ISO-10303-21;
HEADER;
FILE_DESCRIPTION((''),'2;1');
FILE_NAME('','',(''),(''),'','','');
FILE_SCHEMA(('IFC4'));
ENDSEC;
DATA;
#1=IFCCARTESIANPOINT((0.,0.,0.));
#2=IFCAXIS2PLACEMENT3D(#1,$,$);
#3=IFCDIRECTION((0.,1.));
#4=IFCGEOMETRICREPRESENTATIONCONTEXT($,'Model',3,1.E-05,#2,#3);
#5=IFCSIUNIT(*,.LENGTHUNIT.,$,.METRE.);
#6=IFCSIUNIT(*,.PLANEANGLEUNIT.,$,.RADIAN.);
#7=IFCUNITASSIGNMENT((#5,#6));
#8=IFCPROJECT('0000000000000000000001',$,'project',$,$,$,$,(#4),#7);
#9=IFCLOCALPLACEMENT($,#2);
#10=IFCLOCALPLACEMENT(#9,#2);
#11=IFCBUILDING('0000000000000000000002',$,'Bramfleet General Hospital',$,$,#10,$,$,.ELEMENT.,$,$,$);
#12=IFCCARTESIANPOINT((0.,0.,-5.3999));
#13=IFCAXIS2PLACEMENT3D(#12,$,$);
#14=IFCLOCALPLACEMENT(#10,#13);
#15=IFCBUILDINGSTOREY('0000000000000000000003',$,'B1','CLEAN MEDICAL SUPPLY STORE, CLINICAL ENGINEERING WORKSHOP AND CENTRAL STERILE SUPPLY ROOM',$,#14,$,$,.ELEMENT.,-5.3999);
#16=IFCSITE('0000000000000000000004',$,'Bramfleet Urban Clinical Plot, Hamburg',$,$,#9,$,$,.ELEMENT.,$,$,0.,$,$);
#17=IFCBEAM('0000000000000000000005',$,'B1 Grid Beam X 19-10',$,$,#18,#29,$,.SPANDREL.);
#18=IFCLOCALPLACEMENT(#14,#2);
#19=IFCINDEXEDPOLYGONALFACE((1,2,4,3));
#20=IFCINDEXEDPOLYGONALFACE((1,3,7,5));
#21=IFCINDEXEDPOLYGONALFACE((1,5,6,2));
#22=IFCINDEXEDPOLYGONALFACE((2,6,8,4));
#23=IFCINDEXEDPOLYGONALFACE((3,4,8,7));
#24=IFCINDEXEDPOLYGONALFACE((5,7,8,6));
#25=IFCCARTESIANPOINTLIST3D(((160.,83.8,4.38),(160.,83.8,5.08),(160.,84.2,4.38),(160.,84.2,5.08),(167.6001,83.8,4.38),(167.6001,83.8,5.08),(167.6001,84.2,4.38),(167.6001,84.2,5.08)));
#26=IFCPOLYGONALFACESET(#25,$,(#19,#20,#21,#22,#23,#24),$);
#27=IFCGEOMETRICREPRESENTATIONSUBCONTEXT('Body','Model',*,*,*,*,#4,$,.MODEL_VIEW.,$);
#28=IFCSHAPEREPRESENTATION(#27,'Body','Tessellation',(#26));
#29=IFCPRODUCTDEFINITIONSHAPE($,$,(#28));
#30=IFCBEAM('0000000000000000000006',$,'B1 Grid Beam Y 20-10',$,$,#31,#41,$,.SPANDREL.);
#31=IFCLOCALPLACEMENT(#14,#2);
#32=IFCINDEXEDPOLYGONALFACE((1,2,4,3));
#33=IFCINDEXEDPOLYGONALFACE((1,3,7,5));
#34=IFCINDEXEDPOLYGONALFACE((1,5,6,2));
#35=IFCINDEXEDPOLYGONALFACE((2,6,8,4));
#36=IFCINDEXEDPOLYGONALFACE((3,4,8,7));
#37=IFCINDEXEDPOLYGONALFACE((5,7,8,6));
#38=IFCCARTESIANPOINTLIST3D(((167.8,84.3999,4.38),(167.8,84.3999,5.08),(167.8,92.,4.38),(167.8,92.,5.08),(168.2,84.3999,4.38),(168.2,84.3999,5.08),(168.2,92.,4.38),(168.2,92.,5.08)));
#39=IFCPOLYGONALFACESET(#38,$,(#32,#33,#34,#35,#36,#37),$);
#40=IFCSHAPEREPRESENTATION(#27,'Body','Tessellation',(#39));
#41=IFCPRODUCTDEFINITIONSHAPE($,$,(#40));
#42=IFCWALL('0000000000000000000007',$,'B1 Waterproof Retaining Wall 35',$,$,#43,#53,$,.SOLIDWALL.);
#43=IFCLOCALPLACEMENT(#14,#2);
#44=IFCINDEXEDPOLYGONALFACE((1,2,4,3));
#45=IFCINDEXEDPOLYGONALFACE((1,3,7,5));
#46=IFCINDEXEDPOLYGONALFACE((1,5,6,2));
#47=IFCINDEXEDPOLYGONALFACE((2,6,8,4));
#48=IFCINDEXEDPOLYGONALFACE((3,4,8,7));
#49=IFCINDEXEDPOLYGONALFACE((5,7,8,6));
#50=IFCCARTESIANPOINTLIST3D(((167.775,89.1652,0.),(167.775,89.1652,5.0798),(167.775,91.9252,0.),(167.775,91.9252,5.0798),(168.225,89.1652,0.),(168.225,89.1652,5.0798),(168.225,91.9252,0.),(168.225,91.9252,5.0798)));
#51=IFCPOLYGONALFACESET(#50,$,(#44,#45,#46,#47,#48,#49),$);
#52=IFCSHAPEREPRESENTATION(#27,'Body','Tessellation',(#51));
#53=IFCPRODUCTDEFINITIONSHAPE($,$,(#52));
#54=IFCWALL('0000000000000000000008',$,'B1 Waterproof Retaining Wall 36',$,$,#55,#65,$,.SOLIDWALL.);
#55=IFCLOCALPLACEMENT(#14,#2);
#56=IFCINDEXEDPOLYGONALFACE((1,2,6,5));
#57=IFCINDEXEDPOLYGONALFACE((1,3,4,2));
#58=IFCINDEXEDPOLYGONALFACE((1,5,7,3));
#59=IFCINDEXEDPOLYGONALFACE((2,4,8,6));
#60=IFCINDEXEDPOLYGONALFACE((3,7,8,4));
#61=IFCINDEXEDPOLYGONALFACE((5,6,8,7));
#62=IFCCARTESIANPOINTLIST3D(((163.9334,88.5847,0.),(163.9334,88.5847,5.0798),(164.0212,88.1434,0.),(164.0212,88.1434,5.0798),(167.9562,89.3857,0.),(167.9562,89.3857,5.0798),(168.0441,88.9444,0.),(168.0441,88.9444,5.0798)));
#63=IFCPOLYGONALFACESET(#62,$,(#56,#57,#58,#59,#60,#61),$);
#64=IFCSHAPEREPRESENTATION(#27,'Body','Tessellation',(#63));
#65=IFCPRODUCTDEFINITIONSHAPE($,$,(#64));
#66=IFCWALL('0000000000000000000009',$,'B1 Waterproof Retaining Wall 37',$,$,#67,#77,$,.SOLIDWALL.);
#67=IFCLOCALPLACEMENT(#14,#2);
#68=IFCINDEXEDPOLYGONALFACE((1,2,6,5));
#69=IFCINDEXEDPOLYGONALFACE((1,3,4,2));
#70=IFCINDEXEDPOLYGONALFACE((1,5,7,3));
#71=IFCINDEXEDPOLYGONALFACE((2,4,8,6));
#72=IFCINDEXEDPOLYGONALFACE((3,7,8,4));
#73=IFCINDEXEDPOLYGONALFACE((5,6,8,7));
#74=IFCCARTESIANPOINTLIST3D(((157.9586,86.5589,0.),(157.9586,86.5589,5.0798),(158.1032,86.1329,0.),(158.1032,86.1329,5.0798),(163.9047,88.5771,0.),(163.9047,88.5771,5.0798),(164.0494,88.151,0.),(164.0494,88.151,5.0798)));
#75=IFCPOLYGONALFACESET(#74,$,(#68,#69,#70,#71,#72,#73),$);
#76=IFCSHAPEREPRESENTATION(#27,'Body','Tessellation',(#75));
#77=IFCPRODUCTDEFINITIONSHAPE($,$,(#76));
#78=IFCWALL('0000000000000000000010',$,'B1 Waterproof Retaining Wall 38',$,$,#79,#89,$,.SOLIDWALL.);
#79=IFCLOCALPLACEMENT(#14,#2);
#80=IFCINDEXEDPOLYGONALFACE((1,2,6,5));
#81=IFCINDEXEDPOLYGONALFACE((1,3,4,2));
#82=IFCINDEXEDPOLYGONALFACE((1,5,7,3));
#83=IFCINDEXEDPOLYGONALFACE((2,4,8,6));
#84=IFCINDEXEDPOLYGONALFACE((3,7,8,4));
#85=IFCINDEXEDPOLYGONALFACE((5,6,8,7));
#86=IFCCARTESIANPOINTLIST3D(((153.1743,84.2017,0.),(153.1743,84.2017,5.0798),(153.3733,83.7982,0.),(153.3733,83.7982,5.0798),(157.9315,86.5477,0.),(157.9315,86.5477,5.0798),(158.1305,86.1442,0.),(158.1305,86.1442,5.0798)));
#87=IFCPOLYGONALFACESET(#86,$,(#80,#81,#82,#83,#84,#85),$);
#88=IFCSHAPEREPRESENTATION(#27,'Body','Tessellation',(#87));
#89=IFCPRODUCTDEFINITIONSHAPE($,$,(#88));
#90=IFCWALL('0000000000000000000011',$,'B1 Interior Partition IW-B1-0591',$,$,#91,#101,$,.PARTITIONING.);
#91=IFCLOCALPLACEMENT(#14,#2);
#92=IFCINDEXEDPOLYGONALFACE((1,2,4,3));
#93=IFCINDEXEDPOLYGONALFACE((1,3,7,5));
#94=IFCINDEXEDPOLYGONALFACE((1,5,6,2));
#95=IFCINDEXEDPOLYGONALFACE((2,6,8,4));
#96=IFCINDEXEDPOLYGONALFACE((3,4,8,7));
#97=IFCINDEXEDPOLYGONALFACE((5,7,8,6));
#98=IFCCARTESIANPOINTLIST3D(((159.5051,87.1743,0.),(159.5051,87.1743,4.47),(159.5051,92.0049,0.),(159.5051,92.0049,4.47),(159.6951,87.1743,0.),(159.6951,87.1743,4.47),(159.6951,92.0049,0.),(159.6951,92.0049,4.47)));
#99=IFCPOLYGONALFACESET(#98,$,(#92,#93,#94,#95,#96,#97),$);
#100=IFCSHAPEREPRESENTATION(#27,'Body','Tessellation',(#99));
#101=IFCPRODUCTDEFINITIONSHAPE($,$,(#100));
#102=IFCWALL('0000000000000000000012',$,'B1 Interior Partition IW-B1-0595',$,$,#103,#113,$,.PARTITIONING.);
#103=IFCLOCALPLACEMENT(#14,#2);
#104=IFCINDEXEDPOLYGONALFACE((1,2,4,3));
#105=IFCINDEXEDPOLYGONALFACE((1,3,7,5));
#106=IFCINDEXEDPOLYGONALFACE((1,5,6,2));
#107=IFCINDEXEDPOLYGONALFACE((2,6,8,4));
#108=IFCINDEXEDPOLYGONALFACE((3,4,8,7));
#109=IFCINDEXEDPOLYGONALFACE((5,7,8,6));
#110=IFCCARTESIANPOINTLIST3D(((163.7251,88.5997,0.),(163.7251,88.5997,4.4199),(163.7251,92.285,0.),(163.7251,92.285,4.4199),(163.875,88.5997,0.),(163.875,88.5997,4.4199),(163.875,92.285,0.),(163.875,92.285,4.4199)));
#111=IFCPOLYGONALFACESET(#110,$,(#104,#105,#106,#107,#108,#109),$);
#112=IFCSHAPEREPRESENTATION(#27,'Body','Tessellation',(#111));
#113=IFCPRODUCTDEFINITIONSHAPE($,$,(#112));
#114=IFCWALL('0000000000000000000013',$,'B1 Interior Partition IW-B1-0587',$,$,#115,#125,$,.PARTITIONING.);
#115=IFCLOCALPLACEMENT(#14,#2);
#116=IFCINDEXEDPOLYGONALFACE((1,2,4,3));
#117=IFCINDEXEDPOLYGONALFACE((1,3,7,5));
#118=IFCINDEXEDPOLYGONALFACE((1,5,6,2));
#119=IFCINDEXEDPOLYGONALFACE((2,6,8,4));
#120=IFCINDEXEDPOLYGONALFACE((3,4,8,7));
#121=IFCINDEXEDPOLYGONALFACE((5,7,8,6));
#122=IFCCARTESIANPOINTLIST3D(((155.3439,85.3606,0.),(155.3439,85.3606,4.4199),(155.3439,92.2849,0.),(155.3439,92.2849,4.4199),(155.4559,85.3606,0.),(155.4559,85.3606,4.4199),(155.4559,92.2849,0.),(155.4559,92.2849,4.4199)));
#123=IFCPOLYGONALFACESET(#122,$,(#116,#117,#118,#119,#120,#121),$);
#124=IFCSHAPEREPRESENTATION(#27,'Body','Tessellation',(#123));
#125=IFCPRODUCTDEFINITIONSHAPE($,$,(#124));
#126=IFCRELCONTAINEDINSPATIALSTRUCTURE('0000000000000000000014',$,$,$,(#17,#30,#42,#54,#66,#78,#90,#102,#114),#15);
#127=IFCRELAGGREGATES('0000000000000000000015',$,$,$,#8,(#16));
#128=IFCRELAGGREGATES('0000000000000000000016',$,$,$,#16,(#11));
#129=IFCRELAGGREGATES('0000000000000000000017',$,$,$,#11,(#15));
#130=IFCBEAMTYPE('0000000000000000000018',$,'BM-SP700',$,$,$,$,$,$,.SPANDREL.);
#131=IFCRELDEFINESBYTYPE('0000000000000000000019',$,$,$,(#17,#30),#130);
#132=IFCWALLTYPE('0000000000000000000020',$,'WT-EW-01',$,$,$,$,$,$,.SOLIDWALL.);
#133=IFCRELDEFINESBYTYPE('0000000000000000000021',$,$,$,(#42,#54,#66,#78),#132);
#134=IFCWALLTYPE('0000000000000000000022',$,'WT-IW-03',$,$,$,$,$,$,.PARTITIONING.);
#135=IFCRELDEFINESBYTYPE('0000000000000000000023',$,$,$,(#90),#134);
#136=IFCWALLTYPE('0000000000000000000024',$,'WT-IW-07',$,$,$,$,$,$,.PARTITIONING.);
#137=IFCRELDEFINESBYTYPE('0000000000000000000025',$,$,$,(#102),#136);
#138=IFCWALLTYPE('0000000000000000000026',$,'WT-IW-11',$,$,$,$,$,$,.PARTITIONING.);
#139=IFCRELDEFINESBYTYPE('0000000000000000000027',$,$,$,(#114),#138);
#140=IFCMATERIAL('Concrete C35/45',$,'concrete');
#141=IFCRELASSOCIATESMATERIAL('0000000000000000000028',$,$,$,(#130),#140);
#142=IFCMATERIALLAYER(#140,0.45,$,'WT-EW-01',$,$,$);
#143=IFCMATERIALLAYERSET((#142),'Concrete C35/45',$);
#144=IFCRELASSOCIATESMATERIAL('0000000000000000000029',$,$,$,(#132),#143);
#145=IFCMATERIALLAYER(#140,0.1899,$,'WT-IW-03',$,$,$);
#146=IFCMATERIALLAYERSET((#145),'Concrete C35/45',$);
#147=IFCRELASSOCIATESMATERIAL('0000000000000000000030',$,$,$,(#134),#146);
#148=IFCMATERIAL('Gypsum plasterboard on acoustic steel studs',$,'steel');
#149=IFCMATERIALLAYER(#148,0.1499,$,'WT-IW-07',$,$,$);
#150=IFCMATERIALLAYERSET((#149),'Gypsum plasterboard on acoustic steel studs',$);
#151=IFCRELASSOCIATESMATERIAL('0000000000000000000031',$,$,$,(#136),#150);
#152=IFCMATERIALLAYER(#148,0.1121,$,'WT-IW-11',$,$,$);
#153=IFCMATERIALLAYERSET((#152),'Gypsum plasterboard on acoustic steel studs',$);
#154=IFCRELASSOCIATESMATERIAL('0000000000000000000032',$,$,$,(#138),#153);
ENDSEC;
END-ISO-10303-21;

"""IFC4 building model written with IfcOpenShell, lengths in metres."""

from ifc_helpers import new_model, si_unit, direction, frame, frame_2d, origin, origin_2d, place, context, subcontext, project, spatial, rectangle, extrude, material, layer, layer_set, material_profile, profile_set, type_object, element, save


model = new_model("IFC4")

# Units and contexts
model_context = context("Model", 3, precision=1e-05, world=origin(), true_north=direction((0.0, 1.0)))
body_context = subcontext(model_context, "Body", "Model", "MODEL_VIEW")
ifc_project = project(units=[si_unit("LENGTHUNIT", "METRE"), si_unit("PLANEANGLEUNIT", "RADIAN")], contexts=[model_context])

# Site, building, storey
site_placement = place(None, origin())
site = spatial("IfcSite", under=ifc_project, at=site_placement, Name="Bramfleet Urban Clinical Plot, Hamburg", CompositionType="ELEMENT", RefElevation=0.0)
building_placement = place(site_placement, origin())
building = spatial("IfcBuilding", under=site, at=building_placement, Name="Bramfleet General Hospital", CompositionType="ELEMENT")
storey_placement = place(building_placement, frame((0.0, 0.0, -5.3999)))
storey = spatial("IfcBuildingStorey", under=building, at=storey_placement, Name="B1", Description="CLEAN MEDICAL SUPPLY STORE, CLINICAL ENGINEERING WORKSHOP AND CENTRAL STERILE SUPPLY ROOM", CompositionType="ELEMENT", Elevation=-5.3999)

# Shared definitions
ifc_material_1 = material(Name="Concrete C35/45", Category="concrete")

# Beams
ifc_material_profile_1 = material_profile(ifc_material_1, rectangle(XDim=0.3999, YDim=0.7, at=origin_2d()), Name="RC SP 700x400")
ifc_profile_set_1 = profile_set([ifc_material_profile_1], Name="Concrete C35/45")
beam_type_1 = type_object("IfcBeamType", Name="BM-SP700", PredefinedType="SPANDREL", material=ifc_profile_set_1)
for number, where, z_axis, x_axis, name in (
    (1, (160.0, 84.0, 4.73), (1.0, 0.0, 0.0), (0.0, 1.0, 0.0), "B1 Grid Beam X 19-10"),
    (2, (168.0, 84.3999, 4.73), (0.0, 1.0, 0.0), (-1.0, 0.0, 0.0), "B1 Grid Beam Y 20-10"),
):
    element("IfcBeam", number, at=place(storey_placement, frame(where, z_axis=z_axis, x_axis=x_axis)), inside=storey, type_object=beam_type_1, Name=name, PredefinedType="SPANDREL", context=body_context, shape_type="SweptSolid", body=[
        extrude(rectangle(XDim=0.3999, YDim=0.7, at=origin_2d()), origin(), (0.0, 0.0, 1.0), 7.6001),
    ])

# Walls
ifc_layer_1 = layer(ifc_material_1, 0.45, Name="WT-EW-01")
ifc_layer_set_1 = layer_set([ifc_layer_1], Name="Concrete C35/45")
wall_type_1 = type_object("IfcWallType", Name="WT-EW-01", PredefinedType="SOLIDWALL", material=ifc_layer_set_1)
wall_1_placement = place(storey_placement, frame((168.0, 91.925, 0.0), z_axis=(0.0, 0.0, 1.0), x_axis=(0.0, -1.0, 0.0)))
element("IfcWall", 3, at=wall_1_placement, inside=storey, type_object=wall_type_1, Name="B1 Waterproof Retaining Wall 35", PredefinedType="SOLIDWALL", context=body_context, shape_type="SweptSolid", body=[
    extrude(rectangle(XDim=2.76, YDim=0.45, at=frame_2d((1.3799, 0.0))), origin(), (0.0, 0.0, 1.0), 5.0798),
])
wall_2_placement = place(storey_placement, frame((168.0, 89.165, 0.0), z_axis=(0.0, 0.0, 1.0), x_axis=(-0.980747, -0.195281, 0.0)))
element("IfcWall", 4, at=wall_2_placement, inside=storey, type_object=wall_type_1, Name="B1 Waterproof Retaining Wall 36", PredefinedType="SOLIDWALL", context=body_context, shape_type="SweptSolid", body=[
    extrude(rectangle(XDim=4.1018, YDim=0.45, at=frame_2d((2.0508, 0.0))), origin(), (0.0, 0.0, 1.0), 5.0798),
])
wall_3_placement = place(storey_placement, frame((163.9771, 88.364, 0.0), z_axis=(0.0, 0.0, 1.0), x_axis=(-0.946947, -0.32139, 0.0)))
element("IfcWall", 5, at=wall_3_placement, inside=storey, type_object=wall_type_1, Name="B1 Waterproof Retaining Wall 37", PredefinedType="SOLIDWALL", context=body_context, shape_type="SweptSolid", body=[
    extrude(rectangle(XDim=6.2793, YDim=0.45, at=frame_2d((3.1396, 0.0))), origin(), (0.0, 0.0, 1.0), 5.0798),
])
wall_4_placement = place(storey_placement, frame((158.031, 86.3459, 0.0), z_axis=(0.0, 0.0, 1.0), x_axis=(-0.896872, -0.442291, 0.0)))
element("IfcWall", 6, at=wall_4_placement, inside=storey, type_object=wall_type_1, Name="B1 Waterproof Retaining Wall 38", PredefinedType="SOLIDWALL", context=body_context, shape_type="SweptSolid", body=[
    extrude(rectangle(XDim=5.3042, YDim=0.45, at=frame_2d((2.6521, 0.0))), origin(), (0.0, 0.0, 1.0), 5.0798),
])
ifc_layer_2 = layer(ifc_material_1, 0.1899, Name="WT-IW-03")
ifc_layer_set_2 = layer_set([ifc_layer_2], Name="Concrete C35/45")
wall_type_2 = type_object("IfcWallType", Name="WT-IW-03", PredefinedType="PARTITIONING", material=ifc_layer_set_2)
wall_5_placement = place(storey_placement, frame((159.6001, 87.1743, 0.0), z_axis=(0.0, 0.0, 1.0), x_axis=(0.0, 1.0, 0.0)))
element("IfcWall", 7, at=wall_5_placement, inside=storey, type_object=wall_type_2, Name="B1 Interior Partition IW-B1-0591", PredefinedType="PARTITIONING", context=body_context, shape_type="SweptSolid", body=[
    extrude(rectangle(XDim=4.8306, YDim=0.1899, at=frame_2d((2.4153, 0.0))), origin(), (0.0, 0.0, 1.0), 4.47),
])
ifc_material_2 = material(Name="Gypsum plasterboard on acoustic steel studs", Category="steel")
ifc_layer_3 = layer(ifc_material_2, 0.1499, Name="WT-IW-07")
ifc_layer_set_3 = layer_set([ifc_layer_3], Name="Gypsum plasterboard on acoustic steel studs")
wall_type_3 = type_object("IfcWallType", Name="WT-IW-07", PredefinedType="PARTITIONING", material=ifc_layer_set_3)
wall_6_placement = place(storey_placement, frame((163.8, 88.5996, 0.0), z_axis=(0.0, 0.0, 1.0), x_axis=(0.0, 1.0, 0.0)))
element("IfcWall", 8, at=wall_6_placement, inside=storey, type_object=wall_type_3, Name="B1 Interior Partition IW-B1-0595", PredefinedType="PARTITIONING", context=body_context, shape_type="SweptSolid", body=[
    extrude(rectangle(XDim=3.6853, YDim=0.1499, at=frame_2d((1.8428, 0.0))), origin(), (0.0, 0.0, 1.0), 4.4199),
])
ifc_layer_4 = layer(ifc_material_2, 0.1121, Name="WT-IW-11")
ifc_layer_set_4 = layer_set([ifc_layer_4], Name="Gypsum plasterboard on acoustic steel studs")
wall_type_4 = type_object("IfcWallType", Name="WT-IW-11", PredefinedType="PARTITIONING", material=ifc_layer_set_4)
wall_7_placement = place(storey_placement, frame((155.3999, 85.3606, 0.0), z_axis=(0.0, 0.0, 1.0), x_axis=(0.0, 1.0, 0.0)))
element("IfcWall", 9, at=wall_7_placement, inside=storey, type_object=wall_type_4, Name="B1 Interior Partition IW-B1-0587", PredefinedType="PARTITIONING", context=body_context, shape_type="SweptSolid", body=[
    extrude(rectangle(XDim=6.9243, YDim=0.1121, at=frame_2d((3.4622, 0.0))), origin(), (0.0, 0.0, 1.0), 4.4199),
])

save(model, "model.ifc")
